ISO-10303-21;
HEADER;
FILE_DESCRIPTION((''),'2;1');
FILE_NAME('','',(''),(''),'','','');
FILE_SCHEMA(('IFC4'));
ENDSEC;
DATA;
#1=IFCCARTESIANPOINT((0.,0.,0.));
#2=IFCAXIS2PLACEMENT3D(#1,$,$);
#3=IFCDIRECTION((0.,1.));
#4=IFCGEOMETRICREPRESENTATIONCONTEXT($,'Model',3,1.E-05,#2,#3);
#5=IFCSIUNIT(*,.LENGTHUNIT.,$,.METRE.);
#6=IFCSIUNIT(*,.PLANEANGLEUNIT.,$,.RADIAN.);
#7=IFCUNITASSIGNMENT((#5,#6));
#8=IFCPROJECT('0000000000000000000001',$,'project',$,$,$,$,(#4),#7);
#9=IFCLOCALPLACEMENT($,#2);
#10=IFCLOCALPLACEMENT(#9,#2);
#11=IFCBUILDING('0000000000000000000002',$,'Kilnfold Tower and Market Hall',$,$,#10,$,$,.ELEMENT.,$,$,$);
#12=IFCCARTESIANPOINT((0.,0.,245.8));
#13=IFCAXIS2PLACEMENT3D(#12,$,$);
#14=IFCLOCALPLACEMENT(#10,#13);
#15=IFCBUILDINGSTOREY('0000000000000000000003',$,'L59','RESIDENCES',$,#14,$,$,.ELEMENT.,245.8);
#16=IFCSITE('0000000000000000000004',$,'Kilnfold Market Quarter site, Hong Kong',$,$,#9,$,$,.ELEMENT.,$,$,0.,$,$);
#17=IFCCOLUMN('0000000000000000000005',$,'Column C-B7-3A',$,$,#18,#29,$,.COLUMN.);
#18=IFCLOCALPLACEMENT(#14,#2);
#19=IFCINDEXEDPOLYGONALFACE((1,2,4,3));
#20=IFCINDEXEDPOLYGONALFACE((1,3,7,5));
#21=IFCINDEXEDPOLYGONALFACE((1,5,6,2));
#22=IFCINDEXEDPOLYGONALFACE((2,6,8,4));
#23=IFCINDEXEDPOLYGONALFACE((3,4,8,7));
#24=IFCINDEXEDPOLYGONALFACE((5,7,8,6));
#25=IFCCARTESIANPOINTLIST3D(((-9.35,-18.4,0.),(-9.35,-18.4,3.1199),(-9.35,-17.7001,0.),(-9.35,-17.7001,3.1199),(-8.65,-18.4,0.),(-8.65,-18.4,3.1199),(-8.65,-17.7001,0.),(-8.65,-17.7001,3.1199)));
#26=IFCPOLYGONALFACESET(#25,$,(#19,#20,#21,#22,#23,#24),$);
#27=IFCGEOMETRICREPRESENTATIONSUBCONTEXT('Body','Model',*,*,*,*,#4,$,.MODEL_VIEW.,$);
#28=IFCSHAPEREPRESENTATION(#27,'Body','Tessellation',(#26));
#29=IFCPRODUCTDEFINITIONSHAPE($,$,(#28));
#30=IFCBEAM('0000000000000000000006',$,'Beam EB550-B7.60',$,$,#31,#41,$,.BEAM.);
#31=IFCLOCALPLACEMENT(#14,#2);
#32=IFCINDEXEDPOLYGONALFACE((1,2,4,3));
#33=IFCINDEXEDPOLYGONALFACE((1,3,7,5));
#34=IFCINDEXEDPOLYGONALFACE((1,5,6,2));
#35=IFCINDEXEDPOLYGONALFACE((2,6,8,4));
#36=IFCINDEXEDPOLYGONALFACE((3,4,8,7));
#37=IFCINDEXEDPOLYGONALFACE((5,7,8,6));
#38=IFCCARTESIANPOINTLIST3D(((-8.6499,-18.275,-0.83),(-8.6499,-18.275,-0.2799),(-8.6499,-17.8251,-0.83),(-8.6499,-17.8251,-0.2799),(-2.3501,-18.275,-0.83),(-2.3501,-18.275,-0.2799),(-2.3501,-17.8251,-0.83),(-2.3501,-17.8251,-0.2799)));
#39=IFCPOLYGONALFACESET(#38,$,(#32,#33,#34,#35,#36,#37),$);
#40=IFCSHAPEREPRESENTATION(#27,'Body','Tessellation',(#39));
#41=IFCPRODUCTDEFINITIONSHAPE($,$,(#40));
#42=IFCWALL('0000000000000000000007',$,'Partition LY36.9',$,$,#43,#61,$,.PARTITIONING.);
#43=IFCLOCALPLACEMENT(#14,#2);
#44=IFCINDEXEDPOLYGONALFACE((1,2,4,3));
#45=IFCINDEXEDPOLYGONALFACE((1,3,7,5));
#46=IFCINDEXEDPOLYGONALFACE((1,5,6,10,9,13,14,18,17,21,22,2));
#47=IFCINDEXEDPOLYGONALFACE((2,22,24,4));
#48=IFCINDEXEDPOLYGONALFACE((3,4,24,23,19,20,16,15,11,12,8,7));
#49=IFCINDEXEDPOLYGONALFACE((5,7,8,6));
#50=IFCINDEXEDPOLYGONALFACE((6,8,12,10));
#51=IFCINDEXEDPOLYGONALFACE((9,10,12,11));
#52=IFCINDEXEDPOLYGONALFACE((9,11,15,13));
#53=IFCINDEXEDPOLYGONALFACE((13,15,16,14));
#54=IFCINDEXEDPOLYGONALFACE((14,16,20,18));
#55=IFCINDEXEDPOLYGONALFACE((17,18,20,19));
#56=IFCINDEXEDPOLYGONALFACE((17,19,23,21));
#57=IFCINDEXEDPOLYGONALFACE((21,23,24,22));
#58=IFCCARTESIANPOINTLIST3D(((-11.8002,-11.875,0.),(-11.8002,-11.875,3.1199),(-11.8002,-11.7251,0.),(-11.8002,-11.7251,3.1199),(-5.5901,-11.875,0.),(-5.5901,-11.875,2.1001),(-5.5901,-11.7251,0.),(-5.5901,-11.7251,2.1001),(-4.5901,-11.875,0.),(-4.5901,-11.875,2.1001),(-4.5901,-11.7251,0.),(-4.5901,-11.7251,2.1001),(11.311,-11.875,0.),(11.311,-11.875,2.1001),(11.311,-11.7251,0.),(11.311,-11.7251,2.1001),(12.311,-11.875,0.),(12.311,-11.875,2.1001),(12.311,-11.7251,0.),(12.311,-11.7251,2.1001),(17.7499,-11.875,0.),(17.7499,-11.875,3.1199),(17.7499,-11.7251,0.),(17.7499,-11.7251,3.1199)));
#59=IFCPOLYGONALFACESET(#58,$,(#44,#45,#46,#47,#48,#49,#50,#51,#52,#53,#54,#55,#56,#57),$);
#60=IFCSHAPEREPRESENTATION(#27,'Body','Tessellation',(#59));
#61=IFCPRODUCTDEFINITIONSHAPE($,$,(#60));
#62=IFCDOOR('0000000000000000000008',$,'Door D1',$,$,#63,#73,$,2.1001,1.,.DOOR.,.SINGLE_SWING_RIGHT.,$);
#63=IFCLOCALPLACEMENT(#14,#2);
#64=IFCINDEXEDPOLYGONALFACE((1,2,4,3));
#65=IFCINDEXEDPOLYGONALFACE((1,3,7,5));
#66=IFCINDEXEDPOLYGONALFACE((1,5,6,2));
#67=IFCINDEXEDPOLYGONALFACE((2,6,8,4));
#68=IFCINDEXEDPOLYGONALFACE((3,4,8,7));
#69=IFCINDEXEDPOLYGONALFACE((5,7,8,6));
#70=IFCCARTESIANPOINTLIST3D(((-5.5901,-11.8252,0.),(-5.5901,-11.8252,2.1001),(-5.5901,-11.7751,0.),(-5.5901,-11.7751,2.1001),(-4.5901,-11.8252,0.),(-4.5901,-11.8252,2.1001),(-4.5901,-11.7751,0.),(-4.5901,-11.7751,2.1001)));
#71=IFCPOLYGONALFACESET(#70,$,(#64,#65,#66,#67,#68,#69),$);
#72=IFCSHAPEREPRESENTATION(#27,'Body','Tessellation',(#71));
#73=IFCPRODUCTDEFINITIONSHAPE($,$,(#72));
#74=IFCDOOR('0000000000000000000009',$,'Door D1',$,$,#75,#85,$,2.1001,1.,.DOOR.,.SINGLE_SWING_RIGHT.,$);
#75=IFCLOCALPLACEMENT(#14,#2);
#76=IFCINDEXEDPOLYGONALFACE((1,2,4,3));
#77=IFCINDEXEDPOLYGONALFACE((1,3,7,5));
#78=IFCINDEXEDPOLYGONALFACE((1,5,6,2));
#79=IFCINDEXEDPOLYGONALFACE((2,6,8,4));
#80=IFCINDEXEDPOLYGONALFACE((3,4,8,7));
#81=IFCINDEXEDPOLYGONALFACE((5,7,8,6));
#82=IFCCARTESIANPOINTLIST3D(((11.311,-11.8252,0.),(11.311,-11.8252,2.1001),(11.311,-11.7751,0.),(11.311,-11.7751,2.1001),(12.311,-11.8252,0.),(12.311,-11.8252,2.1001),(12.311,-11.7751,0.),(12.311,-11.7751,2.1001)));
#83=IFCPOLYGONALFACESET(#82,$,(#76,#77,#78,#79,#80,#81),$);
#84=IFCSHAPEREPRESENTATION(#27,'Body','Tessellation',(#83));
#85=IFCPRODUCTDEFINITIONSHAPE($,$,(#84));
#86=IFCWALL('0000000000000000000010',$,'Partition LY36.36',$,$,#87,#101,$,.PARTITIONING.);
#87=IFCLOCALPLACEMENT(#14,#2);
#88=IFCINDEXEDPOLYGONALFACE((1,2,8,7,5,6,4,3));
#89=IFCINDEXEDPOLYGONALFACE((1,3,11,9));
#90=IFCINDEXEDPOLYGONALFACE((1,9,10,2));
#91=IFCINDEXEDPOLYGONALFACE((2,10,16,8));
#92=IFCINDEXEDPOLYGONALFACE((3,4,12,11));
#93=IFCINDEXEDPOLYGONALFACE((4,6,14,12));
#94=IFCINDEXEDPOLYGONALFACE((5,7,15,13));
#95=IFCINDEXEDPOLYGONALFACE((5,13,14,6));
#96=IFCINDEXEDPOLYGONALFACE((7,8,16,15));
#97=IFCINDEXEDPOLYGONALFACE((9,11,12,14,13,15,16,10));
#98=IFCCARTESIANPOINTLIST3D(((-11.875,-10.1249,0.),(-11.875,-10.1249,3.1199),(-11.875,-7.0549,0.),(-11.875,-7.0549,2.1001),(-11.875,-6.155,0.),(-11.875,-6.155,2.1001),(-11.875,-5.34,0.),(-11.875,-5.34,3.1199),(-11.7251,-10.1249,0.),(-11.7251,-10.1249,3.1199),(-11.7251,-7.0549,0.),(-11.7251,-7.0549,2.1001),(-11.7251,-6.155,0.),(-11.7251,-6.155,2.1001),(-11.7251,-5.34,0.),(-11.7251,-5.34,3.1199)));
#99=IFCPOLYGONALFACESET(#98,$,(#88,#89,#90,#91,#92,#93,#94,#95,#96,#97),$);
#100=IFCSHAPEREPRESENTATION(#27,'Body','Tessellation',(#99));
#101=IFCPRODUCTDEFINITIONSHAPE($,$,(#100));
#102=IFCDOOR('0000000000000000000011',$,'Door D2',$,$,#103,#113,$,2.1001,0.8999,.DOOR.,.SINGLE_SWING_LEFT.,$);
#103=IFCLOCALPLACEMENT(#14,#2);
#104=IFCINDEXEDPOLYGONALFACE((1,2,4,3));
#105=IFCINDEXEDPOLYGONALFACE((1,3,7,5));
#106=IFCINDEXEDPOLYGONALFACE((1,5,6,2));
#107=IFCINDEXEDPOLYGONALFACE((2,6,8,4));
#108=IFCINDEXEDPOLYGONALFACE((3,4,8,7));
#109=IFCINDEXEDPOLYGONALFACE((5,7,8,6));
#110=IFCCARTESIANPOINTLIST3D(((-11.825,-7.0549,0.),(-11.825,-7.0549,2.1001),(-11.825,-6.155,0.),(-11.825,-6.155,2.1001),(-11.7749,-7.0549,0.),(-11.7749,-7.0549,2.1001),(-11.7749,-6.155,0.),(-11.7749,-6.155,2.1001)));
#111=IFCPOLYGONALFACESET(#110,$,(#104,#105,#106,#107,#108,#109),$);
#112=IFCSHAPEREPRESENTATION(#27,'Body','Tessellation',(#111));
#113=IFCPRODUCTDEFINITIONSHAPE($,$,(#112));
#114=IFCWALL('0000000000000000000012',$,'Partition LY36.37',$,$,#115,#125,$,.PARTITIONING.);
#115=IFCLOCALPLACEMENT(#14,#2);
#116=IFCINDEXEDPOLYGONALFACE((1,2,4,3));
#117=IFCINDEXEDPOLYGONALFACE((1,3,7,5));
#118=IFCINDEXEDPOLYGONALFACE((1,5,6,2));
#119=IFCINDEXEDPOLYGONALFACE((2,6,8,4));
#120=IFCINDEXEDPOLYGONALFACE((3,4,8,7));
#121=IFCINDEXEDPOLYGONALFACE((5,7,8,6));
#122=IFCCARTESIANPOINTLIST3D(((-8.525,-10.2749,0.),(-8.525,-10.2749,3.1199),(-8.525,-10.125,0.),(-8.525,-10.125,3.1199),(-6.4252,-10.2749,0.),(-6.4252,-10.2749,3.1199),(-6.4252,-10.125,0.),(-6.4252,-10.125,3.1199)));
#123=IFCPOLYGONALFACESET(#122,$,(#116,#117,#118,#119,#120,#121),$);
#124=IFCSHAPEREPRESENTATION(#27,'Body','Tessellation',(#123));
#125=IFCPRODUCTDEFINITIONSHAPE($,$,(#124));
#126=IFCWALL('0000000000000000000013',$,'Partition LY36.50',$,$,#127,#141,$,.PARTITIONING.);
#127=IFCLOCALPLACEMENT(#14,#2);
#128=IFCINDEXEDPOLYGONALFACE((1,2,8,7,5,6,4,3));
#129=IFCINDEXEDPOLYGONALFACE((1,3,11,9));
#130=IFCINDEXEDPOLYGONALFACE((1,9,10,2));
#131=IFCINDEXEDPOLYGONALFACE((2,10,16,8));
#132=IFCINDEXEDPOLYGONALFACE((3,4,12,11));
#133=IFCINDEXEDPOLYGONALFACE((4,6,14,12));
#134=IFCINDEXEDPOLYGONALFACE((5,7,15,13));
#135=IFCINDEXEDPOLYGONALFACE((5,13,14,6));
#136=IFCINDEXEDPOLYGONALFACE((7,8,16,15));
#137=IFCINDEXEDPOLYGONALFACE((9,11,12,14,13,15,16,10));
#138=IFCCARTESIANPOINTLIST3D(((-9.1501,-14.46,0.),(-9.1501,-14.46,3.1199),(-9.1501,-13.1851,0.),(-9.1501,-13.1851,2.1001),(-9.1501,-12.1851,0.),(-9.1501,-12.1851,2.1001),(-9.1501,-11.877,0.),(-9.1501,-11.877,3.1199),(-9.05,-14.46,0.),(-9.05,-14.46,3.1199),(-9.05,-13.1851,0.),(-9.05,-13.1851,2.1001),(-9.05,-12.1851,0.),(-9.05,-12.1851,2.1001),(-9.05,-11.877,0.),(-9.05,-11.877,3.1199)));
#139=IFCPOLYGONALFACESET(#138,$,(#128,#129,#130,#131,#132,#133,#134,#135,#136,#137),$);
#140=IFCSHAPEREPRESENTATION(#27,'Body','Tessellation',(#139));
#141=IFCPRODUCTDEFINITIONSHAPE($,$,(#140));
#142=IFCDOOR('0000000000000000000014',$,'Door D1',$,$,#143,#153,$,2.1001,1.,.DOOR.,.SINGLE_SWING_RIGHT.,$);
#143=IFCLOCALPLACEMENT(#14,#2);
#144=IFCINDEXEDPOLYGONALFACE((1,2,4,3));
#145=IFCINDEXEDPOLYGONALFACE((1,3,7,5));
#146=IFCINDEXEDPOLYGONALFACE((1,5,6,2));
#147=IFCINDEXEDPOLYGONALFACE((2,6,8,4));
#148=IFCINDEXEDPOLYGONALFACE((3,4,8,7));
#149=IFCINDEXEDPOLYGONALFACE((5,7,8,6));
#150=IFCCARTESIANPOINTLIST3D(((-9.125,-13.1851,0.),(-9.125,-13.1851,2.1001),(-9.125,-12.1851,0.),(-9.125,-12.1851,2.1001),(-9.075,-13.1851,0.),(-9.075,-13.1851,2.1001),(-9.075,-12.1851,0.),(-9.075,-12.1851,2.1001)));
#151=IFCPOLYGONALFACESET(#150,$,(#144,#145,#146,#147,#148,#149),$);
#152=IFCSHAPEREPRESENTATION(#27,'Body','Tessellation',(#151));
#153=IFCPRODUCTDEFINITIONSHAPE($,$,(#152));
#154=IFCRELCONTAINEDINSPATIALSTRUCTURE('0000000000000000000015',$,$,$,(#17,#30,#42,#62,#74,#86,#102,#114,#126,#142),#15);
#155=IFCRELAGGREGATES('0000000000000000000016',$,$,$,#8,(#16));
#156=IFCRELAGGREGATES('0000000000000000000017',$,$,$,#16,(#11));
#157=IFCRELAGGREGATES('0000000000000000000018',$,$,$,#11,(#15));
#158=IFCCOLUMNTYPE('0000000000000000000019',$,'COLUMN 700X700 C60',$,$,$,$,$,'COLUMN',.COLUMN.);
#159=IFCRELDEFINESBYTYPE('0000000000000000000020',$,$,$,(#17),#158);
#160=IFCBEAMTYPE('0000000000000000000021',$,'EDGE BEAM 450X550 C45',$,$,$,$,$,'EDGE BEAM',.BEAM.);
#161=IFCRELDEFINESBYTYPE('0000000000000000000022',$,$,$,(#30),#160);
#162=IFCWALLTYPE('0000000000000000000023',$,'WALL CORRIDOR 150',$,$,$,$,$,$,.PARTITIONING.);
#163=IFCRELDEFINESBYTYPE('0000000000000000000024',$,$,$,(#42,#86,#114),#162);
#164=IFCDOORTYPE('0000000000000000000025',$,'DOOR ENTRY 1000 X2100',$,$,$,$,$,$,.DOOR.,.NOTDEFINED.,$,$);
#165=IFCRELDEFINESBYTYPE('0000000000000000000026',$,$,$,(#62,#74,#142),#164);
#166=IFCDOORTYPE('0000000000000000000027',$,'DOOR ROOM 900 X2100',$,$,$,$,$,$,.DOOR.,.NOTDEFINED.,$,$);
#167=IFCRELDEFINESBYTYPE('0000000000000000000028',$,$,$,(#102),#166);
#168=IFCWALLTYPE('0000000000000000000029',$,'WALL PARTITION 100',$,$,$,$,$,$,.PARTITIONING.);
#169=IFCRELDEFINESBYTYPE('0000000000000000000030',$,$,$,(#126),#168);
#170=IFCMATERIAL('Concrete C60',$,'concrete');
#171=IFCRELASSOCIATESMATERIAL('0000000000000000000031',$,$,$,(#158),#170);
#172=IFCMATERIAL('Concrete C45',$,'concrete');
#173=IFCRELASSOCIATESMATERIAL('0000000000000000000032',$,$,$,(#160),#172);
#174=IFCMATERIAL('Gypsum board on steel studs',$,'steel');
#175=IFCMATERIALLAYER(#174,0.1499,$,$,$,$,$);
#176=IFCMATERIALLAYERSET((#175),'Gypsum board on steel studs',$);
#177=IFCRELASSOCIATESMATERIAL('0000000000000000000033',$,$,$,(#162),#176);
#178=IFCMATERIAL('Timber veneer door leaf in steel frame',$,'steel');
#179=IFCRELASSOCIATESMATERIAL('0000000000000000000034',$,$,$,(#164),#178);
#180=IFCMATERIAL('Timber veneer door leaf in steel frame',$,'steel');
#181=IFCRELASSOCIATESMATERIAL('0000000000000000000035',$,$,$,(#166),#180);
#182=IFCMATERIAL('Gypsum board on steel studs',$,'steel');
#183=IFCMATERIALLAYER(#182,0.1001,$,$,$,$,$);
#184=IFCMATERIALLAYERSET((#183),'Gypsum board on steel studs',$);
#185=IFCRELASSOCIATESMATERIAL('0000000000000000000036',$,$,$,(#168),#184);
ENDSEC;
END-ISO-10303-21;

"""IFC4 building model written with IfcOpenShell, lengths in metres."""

from ifc_helpers import new_model, si_unit, direction, frame, frame_2d, origin, origin_2d, place, context, subcontext, project, spatial, rectangle, extrude, source, transform, mapped, material, layer, layer_set, material_profile, profile_set, type_object, element, fill, save


model = new_model("IFC4")

# Units and contexts
model_context = context("Model", 3, precision=1e-05, world=origin(), true_north=direction((0.0, 1.0)))
body_context = subcontext(model_context, "Body", "Model", "MODEL_VIEW")
ifc_project = project(units=[si_unit("LENGTHUNIT", "METRE"), si_unit("PLANEANGLEUNIT", "RADIAN")], contexts=[model_context])

# Site, building, storey
site_placement = place(None, origin())
site = spatial("IfcSite", under=ifc_project, at=site_placement, Name="Kilnfold Market Quarter site, Hong Kong", CompositionType="ELEMENT", RefElevation=0.0)
building_placement = place(site_placement, origin())
building = spatial("IfcBuilding", under=site, at=building_placement, Name="Kilnfold Tower and Market Hall", CompositionType="ELEMENT")
storey_placement = place(building_placement, frame((0.0, 0.0, 245.8)))
storey = spatial("IfcBuildingStorey", under=building, at=storey_placement, Name="L59", Description="RESIDENCES", CompositionType="ELEMENT", Elevation=245.8)

# Column
ifc_material_1 = material(Name="Concrete C60", Category="concrete")
ifc_material_profile_1 = material_profile(ifc_material_1, rectangle(XDim=0.7, YDim=0.7, at=origin_2d()), Name="RC 700x700")
ifc_profile_set_1 = profile_set([ifc_material_profile_1], Name="Concrete C60")
column_type = type_object("IfcColumnType", Name="COLUMN 700X700 C60", ElementType="COLUMN", PredefinedType="COLUMN", material=ifc_profile_set_1)
shared_shape_1 = source(origin(), body_context, "Body", "SweptSolid", [
    extrude(rectangle(XDim=0.7, YDim=0.7, at=origin_2d()), origin(), (0.0, 0.0, 1.0), 3.1199),
])
column_placement = place(storey_placement, frame((-9.0, -18.05, 0.0), z_axis=(0.0, 0.0, 1.0), x_axis=(1.0, 0.0, 0.0)))
element("IfcColumn", 1, at=column_placement, inside=storey, type_object=column_type, Name="Column C-B7-3A", PredefinedType="COLUMN", context=body_context, shape_type="MappedRepresentation", body=[
    mapped(shared_shape_1, transform((0.0, 0.0, 0.0))),
])

# Beam
ifc_material_2 = material(Name="Concrete C45", Category="concrete")
ifc_material_profile_2 = material_profile(ifc_material_2, rectangle(XDim=0.45, YDim=0.55, at=origin_2d()), Name="RC 450x550")
ifc_profile_set_2 = profile_set([ifc_material_profile_2], Name="Concrete C45")
beam_type = type_object("IfcBeamType", Name="EDGE BEAM 450X550 C45", ElementType="EDGE BEAM", PredefinedType="BEAM", material=ifc_profile_set_2)
shared_shape_2 = source(origin(), body_context, "Body", "SweptSolid", [
    extrude(rectangle(XDim=0.45, YDim=0.55, at=origin_2d()), origin(), (0.0, 0.0, 1.0), 6.2998),
])
beam_placement = place(storey_placement, frame((-8.6499, -18.05, -0.5549), z_axis=(1.0, 0.0, 0.0), x_axis=(0.0, 1.0, 0.0)))
element("IfcBeam", 2, at=beam_placement, inside=storey, type_object=beam_type, Name="Beam EB550-B7.60", PredefinedType="BEAM", context=body_context, shape_type="MappedRepresentation", body=[
    mapped(shared_shape_2, transform((0.0, 0.0, 0.0))),
])

# Wall, openings, doors
ifc_material_3 = material(Name="Gypsum board on steel studs", Category="steel")
ifc_layer_1 = layer(ifc_material_3, 0.1499)
ifc_layer_set_1 = layer_set([ifc_layer_1], Name="Gypsum board on steel studs")
wall_type_1 = type_object("IfcWallType", Name="WALL CORRIDOR 150", PredefinedType="PARTITIONING", material=ifc_layer_set_1)
wall_1_placement = place(storey_placement, frame((-11.8, -11.8, 0.0), z_axis=(0.0, 0.0, 1.0), x_axis=(1.0, 0.0, 0.0)))
wall_1 = element("IfcWall", 3, at=wall_1_placement, inside=storey, type_object=wall_type_1, Name="Partition LY36.9", PredefinedType="PARTITIONING", context=body_context, shape_type="SweptSolid", body=[
    extrude(rectangle(XDim=29.55, YDim=0.1499, at=frame_2d((14.7749, 0.0))), origin(), (0.0, 0.0, 1.0), 3.1199),
])
opening_1_placement = place(wall_1_placement, frame((6.21, 0.0, 0.0)))
opening_1 = element("IfcOpeningElement", 4, at=opening_1_placement, cuts=wall_1, PredefinedType="OPENING", context=body_context, shape_type="SweptSolid", body=[
    extrude(rectangle(XDim=1.0, YDim=2.1001, at=frame_2d((0.5, 1.05))), frame((0.0, 0.085, 0.0), z_axis=(0.0, -1.0, 0.0), x_axis=(1.0, 0.0, 0.0)), (0.0, 0.0, 1.0), 0.1699),
])
opening_2_placement = place(wall_1_placement, frame((23.1111, 0.0, 0.0)))
opening_2 = element("IfcOpeningElement", 5, at=opening_2_placement, cuts=wall_1, PredefinedType="OPENING", context=body_context, shape_type="SweptSolid", body=[
    extrude(rectangle(XDim=1.0, YDim=2.1001, at=frame_2d((0.5, 1.05))), frame((0.0, 0.085, 0.0), z_axis=(0.0, -1.0, 0.0), x_axis=(1.0, 0.0, 0.0)), (0.0, 0.0, 1.0), 0.1699),
])
ifc_material_4 = material(Name="Timber veneer door leaf in steel frame", Category="steel")
door_type_1 = type_object("IfcDoorType", Name="DOOR ENTRY 1000 X2100", OperationType="NOTDEFINED", PredefinedType="DOOR", material=ifc_material_4)
door_1_placement = place(opening_1_placement, origin())
door_1 = element("IfcDoor", 6, at=door_1_placement, inside=storey, type_object=door_type_1, Name="Door D1", OperationType="SINGLE_SWING_RIGHT", OverallHeight=2.1001, OverallWidth=1.0, PredefinedType="DOOR", context=body_context, shape_type="SweptSolid", body=[
    extrude(rectangle(XDim=1.0, YDim=2.1001, at=frame_2d((0.5, 1.05))), frame((0.0, 0.0249, 0.0), z_axis=(0.0, -1.0, 0.0), x_axis=(1.0, 0.0, 0.0)), (0.0, 0.0, 1.0), 0.05),
])
fill(opening_1, door_1)
door_2_placement = place(opening_2_placement, origin())
door_2 = element("IfcDoor", 7, at=door_2_placement, inside=storey, type_object=door_type_1, Name="Door D1", OperationType="SINGLE_SWING_RIGHT", OverallHeight=2.1001, OverallWidth=1.0, PredefinedType="DOOR", context=body_context, shape_type="SweptSolid", body=[
    extrude(rectangle(XDim=1.0, YDim=2.1001, at=frame_2d((0.5, 1.05))), frame((0.0, 0.0249, 0.0), z_axis=(0.0, -1.0, 0.0), x_axis=(1.0, 0.0, 0.0)), (0.0, 0.0, 1.0), 0.05),
])
fill(opening_2, door_2)

# Wall, opening, door
wall_2_placement = place(storey_placement, frame((-11.8, -10.125, 0.0), z_axis=(0.0, 0.0, 1.0), x_axis=(0.0, 1.0, 0.0)))
wall_2 = element("IfcWall", 8, at=wall_2_placement, inside=storey, type_object=wall_type_1, Name="Partition LY36.36", PredefinedType="PARTITIONING", context=body_context, shape_type="SweptSolid", body=[
    extrude(rectangle(XDim=4.7849, YDim=0.1499, at=frame_2d((2.3926, 0.0))), origin(), (0.0, 0.0, 1.0), 3.1199),
])
opening_3_placement = place(wall_2_placement, frame((3.0701, 0.0, 0.0)))
opening_3 = element("IfcOpeningElement", 9, at=opening_3_placement, cuts=wall_2, PredefinedType="OPENING", context=body_context, shape_type="SweptSolid", body=[
    extrude(rectangle(XDim=0.8999, YDim=2.1001, at=frame_2d((0.45, 1.05))), frame((0.0, 0.085, 0.0), z_axis=(0.0, -1.0, 0.0), x_axis=(1.0, 0.0, 0.0)), (0.0, 0.0, 1.0), 0.1699),
])
ifc_material_5 = material(Name="Timber veneer door leaf in steel frame", Category="steel")
door_type_2 = type_object("IfcDoorType", Name="DOOR ROOM 900 X2100", OperationType="NOTDEFINED", PredefinedType="DOOR", material=ifc_material_5)
door_3_placement = place(opening_3_placement, origin())
door_3 = element("IfcDoor", 10, at=door_3_placement, inside=storey, type_object=door_type_2, Name="Door D2", OperationType="SINGLE_SWING_LEFT", OverallHeight=2.1001, OverallWidth=0.8999, PredefinedType="DOOR", context=body_context, shape_type="SweptSolid", body=[
    extrude(rectangle(XDim=0.8999, YDim=2.1001, at=frame_2d((0.45, 1.05))), frame((0.0, 0.0249, 0.0), z_axis=(0.0, -1.0, 0.0), x_axis=(1.0, 0.0, 0.0)), (0.0, 0.0, 1.0), 0.05),
])
fill(opening_3, door_3)

# Wall
wall_3_placement = place(storey_placement, frame((-8.5249, -10.2, 0.0), z_axis=(0.0, 0.0, 1.0), x_axis=(1.0, 0.0, 0.0)))
element("IfcWall", 11, at=wall_3_placement, inside=storey, type_object=wall_type_1, Name="Partition LY36.37", PredefinedType="PARTITIONING", context=body_context, shape_type="SweptSolid", body=[
    extrude(rectangle(XDim=2.0999, YDim=0.1499, at=frame_2d((1.0498, 0.0))), origin(), (0.0, 0.0, 1.0), 3.1199),
])

# Wall, opening, door
ifc_material_6 = material(Name="Gypsum board on steel studs", Category="steel")
ifc_layer_2 = layer(ifc_material_6, 0.1001)
ifc_layer_set_2 = layer_set([ifc_layer_2], Name="Gypsum board on steel studs")
wall_type_2 = type_object("IfcWallType", Name="WALL PARTITION 100", PredefinedType="PARTITIONING", material=ifc_layer_set_2)
wall_4_placement = place(storey_placement, frame((-9.1001, -14.46, 0.0), z_axis=(0.0, 0.0, 1.0), x_axis=(0.0, 1.0, 0.0)))
wall_4 = element("IfcWall", 12, at=wall_4_placement, inside=storey, type_object=wall_type_2, Name="Partition LY36.50", PredefinedType="PARTITIONING", context=body_context, shape_type="SweptSolid", body=[
    extrude(rectangle(XDim=2.583, YDim=0.1001, at=frame_2d((1.2915, 0.0))), origin(), (0.0, 0.0, 1.0), 3.1199),
])
opening_4_placement = place(wall_4_placement, frame((1.2749, 0.0, 0.0)))
opening_4 = element("IfcOpeningElement", 13, at=opening_4_placement, cuts=wall_4, PredefinedType="OPENING", context=body_context, shape_type="SweptSolid", body=[
    extrude(rectangle(XDim=1.0, YDim=2.1001, at=frame_2d((0.5, 1.05))), frame((0.0, 0.0601, 0.0), z_axis=(0.0, -1.0, 0.0), x_axis=(1.0, 0.0, 0.0)), (0.0, 0.0, 1.0), 0.1201),
])
door_4_placement = place(opening_4_placement, origin())
door_4 = element("IfcDoor", 14, at=door_4_placement, inside=storey, type_object=door_type_1, Name="Door D1", OperationType="SINGLE_SWING_RIGHT", OverallHeight=2.1001, OverallWidth=1.0, PredefinedType="DOOR", context=body_context, shape_type="SweptSolid", body=[
    extrude(rectangle(XDim=1.0, YDim=2.1001, at=frame_2d((0.5, 1.05))), frame((0.0, 0.0249, 0.0), z_axis=(0.0, -1.0, 0.0), x_axis=(1.0, 0.0, 0.0)), (0.0, 0.0, 1.0), 0.05),
])
fill(opening_4, door_4)

save(model, "model.ifc")
